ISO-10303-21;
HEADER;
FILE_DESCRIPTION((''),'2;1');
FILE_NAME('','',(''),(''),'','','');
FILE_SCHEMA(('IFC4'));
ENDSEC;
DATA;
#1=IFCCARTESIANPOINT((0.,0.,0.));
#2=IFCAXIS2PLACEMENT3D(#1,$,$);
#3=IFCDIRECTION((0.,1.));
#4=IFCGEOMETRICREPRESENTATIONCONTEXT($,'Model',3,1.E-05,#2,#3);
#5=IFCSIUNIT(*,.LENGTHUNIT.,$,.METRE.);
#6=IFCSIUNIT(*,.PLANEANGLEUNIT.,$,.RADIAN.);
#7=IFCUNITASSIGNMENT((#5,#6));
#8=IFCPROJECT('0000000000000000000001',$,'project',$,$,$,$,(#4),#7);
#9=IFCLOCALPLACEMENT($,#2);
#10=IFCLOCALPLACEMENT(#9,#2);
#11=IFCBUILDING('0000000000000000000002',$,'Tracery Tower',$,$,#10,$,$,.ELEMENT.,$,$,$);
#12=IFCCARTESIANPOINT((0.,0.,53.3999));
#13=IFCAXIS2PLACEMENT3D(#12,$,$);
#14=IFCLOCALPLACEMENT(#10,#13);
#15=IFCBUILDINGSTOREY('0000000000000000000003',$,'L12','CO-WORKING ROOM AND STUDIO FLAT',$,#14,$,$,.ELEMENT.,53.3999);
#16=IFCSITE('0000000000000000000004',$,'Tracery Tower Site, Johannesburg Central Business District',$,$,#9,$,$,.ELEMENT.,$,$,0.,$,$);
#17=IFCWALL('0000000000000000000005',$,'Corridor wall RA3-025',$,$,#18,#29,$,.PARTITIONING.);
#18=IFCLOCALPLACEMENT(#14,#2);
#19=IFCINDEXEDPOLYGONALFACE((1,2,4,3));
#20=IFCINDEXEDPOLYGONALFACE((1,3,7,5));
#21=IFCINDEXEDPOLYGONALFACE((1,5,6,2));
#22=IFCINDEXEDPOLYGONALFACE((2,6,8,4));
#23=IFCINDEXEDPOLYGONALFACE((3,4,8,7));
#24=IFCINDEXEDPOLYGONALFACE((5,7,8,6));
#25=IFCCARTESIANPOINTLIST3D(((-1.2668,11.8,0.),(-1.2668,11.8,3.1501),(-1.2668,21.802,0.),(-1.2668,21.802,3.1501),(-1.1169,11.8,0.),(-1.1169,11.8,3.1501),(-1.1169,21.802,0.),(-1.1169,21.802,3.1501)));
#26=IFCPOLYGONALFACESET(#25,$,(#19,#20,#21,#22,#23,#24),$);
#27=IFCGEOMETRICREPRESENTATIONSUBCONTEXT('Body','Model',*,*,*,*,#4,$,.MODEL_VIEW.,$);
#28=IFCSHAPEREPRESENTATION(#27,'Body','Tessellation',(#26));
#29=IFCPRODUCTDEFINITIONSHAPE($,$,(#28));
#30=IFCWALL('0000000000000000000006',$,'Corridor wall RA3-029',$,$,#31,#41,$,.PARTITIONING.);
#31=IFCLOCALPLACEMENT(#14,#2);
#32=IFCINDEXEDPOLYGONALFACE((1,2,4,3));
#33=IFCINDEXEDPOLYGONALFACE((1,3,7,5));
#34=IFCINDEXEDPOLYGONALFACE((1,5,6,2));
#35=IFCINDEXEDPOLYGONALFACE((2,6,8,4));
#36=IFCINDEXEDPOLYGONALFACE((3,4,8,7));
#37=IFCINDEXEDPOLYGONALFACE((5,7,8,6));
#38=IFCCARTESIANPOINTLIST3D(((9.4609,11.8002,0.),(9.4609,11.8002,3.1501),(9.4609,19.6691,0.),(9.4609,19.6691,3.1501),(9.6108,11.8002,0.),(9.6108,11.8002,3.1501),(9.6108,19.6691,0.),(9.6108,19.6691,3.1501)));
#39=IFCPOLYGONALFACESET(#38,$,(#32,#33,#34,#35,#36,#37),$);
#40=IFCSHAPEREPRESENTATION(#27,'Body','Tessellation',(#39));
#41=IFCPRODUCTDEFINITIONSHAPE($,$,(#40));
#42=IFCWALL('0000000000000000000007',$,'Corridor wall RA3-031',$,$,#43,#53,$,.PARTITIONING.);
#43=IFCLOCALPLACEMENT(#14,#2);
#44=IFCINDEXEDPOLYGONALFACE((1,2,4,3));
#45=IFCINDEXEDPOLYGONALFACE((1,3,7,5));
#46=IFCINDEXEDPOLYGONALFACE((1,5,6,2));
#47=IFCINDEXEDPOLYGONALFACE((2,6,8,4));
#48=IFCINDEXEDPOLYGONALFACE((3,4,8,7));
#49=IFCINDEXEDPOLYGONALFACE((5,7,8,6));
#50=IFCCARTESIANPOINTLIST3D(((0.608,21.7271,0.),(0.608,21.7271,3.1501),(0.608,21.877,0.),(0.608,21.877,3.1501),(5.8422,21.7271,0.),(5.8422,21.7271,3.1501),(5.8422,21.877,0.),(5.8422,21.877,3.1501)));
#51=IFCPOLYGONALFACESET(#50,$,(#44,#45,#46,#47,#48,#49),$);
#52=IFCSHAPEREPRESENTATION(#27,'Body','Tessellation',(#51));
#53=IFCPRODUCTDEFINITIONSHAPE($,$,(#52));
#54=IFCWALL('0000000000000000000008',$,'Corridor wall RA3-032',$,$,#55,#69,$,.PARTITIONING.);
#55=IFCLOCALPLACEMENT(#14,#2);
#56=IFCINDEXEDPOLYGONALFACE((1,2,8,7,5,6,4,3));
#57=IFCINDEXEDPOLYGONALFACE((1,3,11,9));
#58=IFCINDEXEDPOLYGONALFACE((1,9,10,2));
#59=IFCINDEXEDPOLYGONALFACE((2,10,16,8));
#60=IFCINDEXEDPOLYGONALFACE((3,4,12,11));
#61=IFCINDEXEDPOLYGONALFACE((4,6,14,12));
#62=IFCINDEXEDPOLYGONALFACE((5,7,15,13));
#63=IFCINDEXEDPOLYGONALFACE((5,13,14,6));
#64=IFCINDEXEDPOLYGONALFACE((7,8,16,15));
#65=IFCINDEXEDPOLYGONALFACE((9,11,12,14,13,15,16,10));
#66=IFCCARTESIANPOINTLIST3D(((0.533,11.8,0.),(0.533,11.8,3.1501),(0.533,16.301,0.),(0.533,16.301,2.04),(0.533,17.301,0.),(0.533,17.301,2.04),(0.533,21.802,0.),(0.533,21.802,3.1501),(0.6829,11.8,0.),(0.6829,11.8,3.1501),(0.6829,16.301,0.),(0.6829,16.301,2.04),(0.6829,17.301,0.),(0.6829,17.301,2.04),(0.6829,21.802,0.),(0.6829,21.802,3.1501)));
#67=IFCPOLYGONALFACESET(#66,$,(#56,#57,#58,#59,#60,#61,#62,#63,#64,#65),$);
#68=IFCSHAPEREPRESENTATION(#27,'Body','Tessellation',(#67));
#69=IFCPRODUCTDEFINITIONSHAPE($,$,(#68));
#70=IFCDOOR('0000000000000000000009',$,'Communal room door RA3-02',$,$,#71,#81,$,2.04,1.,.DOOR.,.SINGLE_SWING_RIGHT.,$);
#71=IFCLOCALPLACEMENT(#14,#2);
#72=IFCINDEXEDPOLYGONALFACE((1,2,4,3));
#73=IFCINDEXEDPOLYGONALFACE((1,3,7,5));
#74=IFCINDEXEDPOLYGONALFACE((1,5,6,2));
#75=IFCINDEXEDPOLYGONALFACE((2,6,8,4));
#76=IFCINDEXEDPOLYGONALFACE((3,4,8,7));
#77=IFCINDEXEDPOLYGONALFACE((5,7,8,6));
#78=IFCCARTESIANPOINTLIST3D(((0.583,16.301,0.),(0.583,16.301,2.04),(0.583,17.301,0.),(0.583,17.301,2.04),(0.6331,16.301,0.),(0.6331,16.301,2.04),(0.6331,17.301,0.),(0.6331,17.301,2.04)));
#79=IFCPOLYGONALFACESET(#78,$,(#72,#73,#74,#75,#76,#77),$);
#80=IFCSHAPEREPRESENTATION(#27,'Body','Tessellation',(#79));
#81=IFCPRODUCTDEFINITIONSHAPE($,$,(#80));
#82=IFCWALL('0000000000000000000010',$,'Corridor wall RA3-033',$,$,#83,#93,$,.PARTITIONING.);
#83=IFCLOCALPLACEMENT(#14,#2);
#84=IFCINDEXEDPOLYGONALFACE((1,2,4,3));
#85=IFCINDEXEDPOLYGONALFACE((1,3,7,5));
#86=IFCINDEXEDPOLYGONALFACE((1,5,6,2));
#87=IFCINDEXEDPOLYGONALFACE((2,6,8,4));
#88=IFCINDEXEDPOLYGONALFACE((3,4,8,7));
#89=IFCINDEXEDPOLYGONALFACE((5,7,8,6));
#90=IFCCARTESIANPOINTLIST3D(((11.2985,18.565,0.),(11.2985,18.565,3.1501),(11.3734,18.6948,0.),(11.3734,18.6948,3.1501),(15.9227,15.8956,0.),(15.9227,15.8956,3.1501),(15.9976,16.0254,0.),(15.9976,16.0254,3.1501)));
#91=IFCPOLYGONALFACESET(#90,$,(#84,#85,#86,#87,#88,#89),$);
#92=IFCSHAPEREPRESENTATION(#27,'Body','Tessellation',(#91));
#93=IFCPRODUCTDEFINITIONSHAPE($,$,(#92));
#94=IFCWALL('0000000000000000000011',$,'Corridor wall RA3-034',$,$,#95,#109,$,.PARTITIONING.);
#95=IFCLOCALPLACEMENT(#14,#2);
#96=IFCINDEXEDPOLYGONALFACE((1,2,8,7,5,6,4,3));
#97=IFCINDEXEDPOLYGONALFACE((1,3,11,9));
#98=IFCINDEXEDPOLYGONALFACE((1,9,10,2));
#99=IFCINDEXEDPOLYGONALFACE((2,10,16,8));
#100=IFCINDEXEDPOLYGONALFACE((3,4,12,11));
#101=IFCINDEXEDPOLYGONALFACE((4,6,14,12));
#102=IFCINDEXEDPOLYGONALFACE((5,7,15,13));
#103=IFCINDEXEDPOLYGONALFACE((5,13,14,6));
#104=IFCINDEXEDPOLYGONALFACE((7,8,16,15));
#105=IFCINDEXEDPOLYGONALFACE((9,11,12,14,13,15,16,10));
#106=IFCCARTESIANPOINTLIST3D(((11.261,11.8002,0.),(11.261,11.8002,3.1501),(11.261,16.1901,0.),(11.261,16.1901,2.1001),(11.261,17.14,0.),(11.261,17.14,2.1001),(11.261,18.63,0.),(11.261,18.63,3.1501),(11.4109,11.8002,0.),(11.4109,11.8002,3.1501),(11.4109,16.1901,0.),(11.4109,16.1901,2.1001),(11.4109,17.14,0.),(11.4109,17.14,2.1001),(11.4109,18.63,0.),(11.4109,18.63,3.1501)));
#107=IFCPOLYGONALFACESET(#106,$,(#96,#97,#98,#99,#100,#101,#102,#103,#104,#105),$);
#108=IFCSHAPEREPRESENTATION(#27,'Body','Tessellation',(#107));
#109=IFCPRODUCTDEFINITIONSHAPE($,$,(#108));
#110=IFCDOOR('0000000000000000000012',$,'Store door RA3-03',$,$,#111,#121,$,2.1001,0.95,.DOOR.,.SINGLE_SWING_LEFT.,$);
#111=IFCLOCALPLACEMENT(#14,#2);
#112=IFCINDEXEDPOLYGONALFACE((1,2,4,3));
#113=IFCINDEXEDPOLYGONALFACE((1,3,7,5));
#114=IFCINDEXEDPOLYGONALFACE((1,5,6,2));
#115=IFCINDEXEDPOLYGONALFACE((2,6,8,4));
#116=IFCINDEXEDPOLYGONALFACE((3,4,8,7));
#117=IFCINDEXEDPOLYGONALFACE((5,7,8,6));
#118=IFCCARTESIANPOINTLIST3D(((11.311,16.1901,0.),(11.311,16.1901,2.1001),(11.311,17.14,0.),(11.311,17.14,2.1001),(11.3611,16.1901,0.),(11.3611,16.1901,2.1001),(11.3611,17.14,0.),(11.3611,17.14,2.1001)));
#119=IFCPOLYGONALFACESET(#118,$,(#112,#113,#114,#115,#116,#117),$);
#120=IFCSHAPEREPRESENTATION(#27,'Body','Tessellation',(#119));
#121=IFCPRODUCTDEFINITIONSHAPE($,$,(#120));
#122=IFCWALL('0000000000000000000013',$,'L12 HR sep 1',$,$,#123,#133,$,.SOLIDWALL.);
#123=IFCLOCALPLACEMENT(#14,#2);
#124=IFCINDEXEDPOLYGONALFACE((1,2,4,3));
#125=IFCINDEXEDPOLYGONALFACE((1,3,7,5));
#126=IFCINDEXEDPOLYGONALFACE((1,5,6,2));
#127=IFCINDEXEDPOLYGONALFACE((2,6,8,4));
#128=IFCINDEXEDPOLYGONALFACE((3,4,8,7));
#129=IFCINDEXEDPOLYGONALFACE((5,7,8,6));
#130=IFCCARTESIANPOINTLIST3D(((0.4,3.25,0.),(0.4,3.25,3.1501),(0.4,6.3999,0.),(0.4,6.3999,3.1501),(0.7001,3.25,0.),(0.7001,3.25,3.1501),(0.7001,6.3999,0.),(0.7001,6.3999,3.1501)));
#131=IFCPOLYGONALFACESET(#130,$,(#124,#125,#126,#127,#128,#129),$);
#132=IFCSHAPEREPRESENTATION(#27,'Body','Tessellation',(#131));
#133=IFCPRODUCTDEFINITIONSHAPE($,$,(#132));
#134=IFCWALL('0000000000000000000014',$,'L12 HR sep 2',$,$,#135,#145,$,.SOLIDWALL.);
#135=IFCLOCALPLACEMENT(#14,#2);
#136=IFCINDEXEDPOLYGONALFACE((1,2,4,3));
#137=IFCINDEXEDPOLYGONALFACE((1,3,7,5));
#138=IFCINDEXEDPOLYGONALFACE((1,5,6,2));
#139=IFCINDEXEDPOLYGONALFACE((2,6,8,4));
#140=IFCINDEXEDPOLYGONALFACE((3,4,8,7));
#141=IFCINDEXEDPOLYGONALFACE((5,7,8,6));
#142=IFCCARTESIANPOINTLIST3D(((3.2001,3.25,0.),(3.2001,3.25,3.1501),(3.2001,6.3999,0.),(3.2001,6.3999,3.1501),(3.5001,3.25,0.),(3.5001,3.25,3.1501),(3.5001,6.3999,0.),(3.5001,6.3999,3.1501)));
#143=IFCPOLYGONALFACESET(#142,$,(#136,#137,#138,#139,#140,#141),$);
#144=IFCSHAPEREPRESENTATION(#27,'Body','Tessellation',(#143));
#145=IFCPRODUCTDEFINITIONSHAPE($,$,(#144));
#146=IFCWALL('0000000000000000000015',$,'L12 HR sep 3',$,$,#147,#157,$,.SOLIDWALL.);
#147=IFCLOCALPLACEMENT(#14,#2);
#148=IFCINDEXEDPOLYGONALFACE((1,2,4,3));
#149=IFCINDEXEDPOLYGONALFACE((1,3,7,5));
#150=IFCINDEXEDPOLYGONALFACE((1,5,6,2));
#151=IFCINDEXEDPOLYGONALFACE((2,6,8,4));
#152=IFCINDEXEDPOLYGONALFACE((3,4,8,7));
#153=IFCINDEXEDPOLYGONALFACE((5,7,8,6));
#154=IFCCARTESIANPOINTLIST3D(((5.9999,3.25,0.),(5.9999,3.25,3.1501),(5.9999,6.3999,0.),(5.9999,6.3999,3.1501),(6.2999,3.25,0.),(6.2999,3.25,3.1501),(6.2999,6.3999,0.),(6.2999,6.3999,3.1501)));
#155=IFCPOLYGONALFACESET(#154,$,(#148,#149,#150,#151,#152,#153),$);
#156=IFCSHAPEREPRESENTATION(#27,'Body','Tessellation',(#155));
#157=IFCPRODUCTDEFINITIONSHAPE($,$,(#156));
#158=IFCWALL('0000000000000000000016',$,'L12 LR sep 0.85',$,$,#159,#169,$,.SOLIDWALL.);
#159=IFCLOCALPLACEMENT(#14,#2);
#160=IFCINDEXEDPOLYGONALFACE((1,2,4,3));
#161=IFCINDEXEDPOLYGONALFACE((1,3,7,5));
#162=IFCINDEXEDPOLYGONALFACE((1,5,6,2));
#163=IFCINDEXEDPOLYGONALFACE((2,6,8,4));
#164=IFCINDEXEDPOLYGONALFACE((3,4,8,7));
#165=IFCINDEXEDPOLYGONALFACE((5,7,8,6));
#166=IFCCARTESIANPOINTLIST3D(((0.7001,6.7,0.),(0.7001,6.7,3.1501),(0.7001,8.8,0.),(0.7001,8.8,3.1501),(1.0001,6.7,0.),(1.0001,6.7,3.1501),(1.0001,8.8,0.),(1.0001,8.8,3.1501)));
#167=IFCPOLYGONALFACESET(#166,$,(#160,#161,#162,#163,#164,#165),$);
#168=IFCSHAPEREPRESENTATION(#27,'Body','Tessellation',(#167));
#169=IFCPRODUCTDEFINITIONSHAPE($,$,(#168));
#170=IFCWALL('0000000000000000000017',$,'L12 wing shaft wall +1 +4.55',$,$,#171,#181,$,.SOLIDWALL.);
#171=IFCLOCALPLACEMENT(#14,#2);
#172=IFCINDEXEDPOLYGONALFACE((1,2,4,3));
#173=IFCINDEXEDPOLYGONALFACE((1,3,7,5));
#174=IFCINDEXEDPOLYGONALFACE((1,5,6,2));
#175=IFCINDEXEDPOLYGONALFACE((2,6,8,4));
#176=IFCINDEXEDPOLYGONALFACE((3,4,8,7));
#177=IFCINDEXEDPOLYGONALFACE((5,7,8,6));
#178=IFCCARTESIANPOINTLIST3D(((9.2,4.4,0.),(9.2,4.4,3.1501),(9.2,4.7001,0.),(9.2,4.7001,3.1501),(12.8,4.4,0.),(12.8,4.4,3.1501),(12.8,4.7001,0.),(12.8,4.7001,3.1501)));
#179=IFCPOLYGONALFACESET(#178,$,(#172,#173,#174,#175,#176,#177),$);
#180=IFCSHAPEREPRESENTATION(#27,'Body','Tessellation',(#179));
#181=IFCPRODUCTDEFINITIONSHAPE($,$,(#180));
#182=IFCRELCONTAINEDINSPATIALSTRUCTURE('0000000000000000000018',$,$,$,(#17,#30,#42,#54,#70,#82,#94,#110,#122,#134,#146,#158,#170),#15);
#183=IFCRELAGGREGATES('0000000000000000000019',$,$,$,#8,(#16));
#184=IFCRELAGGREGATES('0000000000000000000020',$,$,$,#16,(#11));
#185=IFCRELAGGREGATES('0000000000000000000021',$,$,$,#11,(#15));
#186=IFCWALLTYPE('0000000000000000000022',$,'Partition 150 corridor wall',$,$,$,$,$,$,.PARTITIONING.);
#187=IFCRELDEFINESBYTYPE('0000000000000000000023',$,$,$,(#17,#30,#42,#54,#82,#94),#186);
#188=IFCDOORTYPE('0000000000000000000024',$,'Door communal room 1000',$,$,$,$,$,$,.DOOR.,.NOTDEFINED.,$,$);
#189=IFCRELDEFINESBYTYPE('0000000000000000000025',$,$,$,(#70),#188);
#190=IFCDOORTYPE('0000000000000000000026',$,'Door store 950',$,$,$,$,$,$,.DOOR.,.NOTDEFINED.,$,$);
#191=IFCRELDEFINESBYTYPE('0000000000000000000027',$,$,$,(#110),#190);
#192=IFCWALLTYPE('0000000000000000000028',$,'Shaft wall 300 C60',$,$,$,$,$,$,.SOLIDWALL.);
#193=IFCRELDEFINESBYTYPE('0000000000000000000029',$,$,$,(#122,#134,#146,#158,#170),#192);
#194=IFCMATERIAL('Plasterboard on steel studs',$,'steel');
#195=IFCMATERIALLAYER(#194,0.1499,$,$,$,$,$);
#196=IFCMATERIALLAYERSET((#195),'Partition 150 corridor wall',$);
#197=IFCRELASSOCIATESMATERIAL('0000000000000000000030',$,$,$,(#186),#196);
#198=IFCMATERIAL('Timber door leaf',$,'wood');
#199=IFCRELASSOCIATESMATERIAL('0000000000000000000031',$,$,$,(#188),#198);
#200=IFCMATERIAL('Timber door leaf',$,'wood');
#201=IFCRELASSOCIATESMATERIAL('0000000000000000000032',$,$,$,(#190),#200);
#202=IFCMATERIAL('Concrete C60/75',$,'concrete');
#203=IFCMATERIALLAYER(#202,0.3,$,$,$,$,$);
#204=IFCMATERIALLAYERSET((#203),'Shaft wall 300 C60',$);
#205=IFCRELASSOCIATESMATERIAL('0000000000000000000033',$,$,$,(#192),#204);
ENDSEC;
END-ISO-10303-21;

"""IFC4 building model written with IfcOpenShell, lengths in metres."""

from ifc_helpers import new_model, si_unit, direction, frame, frame_2d, origin, place, context, subcontext, project, spatial, rectangle, extrude, material, layer, layer_set, type_object, element, fill, save


model = new_model("IFC4")

# Units and contexts
model_context = context("Model", 3, precision=1e-05, world=origin(), true_north=direction((0.0, 1.0)))
body_context = subcontext(model_context, "Body", "Model", "MODEL_VIEW")
ifc_project = project(units=[si_unit("LENGTHUNIT", "METRE"), si_unit("PLANEANGLEUNIT", "RADIAN")], contexts=[model_context])

# Site, building, storey
site_placement = place(None, origin())
site = spatial("IfcSite", under=ifc_project, at=site_placement, Name="Tracery Tower Site, Johannesburg Central Business District", CompositionType="ELEMENT", RefElevation=0.0)
building_placement = place(site_placement, origin())
building = spatial("IfcBuilding", under=site, at=building_placement, Name="Tracery Tower", CompositionType="ELEMENT")
storey_placement = place(building_placement, frame((0.0, 0.0, 53.3999)))
storey = spatial("IfcBuildingStorey", under=building, at=storey_placement, Name="L12", Description="CO-WORKING ROOM AND STUDIO FLAT", CompositionType="ELEMENT", Elevation=53.3999)

# Walls
ifc_material_1 = material(Name="Plasterboard on steel studs", Category="steel")
ifc_layer_1 = layer(ifc_material_1, 0.1499)
ifc_layer_set_1 = layer_set([ifc_layer_1], Name="Partition 150 corridor wall")
wall_type_1 = type_object("IfcWallType", Name="Partition 150 corridor wall", PredefinedType="PARTITIONING", material=ifc_layer_set_1)
wall_1_placement = place(storey_placement, frame((-1.1919, 11.8, 0.0), z_axis=(0.0, 0.0, 1.0), x_axis=(0.0, 1.0, 0.0)))
element("IfcWall", 1, at=wall_1_placement, inside=storey, type_object=wall_type_1, Name="Corridor wall RA3-025", PredefinedType="PARTITIONING", context=body_context, shape_type="SweptSolid", body=[
    extrude(rectangle(XDim=10.002, YDim=0.1499, at=frame_2d((5.001, 0.0))), origin(), (0.0, 0.0, 1.0), 3.1501),
])
wall_2_placement = place(storey_placement, frame((9.5359, 11.8, 0.0), z_axis=(0.0, 0.0, 1.0), x_axis=(0.0, 1.0, 0.0)))
element("IfcWall", 2, at=wall_2_placement, inside=storey, type_object=wall_type_1, Name="Corridor wall RA3-029", PredefinedType="PARTITIONING", context=body_context, shape_type="SweptSolid", body=[
    extrude(rectangle(XDim=7.8689, YDim=0.1499, at=frame_2d((3.9346, 0.0))), origin(), (0.0, 0.0, 1.0), 3.1501),
])
wall_3_placement = place(storey_placement, frame((0.6079, 21.802, 0.0), z_axis=(0.0, 0.0, 1.0), x_axis=(1.0, 0.0, 0.0)))
element("IfcWall", 3, at=wall_3_placement, inside=storey, type_object=wall_type_1, Name="Corridor wall RA3-031", PredefinedType="PARTITIONING", context=body_context, shape_type="SweptSolid", body=[
    extrude(rectangle(XDim=5.2341, YDim=0.1499, at=frame_2d((2.6172, 0.0))), origin(), (0.0, 0.0, 1.0), 3.1501),
])

# Wall, opening, door
wall_4_placement = place(storey_placement, frame((0.6079, 11.8, 0.0), z_axis=(0.0, 0.0, 1.0), x_axis=(0.0, 1.0, 0.0)))
wall_4 = element("IfcWall", 4, at=wall_4_placement, inside=storey, type_object=wall_type_1, Name="Corridor wall RA3-032", PredefinedType="PARTITIONING", context=body_context, shape_type="SweptSolid", body=[
    extrude(rectangle(XDim=10.002, YDim=0.1499, at=frame_2d((5.001, 0.0))), origin(), (0.0, 0.0, 1.0), 3.1501),
])
opening_1_placement = place(wall_4_placement, frame((4.501, 0.0, 0.0)))
opening_1 = element("IfcOpeningElement", 5, at=opening_1_placement, cuts=wall_4, PredefinedType="OPENING", context=body_context, shape_type="SweptSolid", body=[
    extrude(rectangle(XDim=1.0, YDim=2.04, at=frame_2d((0.5, 1.02))), frame((0.0, 0.075, 0.0), z_axis=(0.0, -1.0, 0.0), x_axis=(1.0, 0.0, 0.0)), (0.0, 0.0, 1.0), 0.1499),
])
ifc_material_2 = material(Name="Timber door leaf", Category="wood")
door_type_1 = type_object("IfcDoorType", Name="Door communal room 1000", OperationType="NOTDEFINED", PredefinedType="DOOR", material=ifc_material_2)
door_1_placement = place(opening_1_placement, origin())
door_1 = element("IfcDoor", 6, at=door_1_placement, inside=storey, type_object=door_type_1, Name="Communal room door RA3-02", OperationType="SINGLE_SWING_RIGHT", OverallHeight=2.04, OverallWidth=1.0, PredefinedType="DOOR", context=body_context, shape_type="SweptSolid", body=[
    extrude(rectangle(XDim=1.0, YDim=2.04, at=frame_2d((0.5, 1.02))), frame((0.0, 0.0249, 0.0), z_axis=(0.0, -1.0, 0.0), x_axis=(1.0, 0.0, 0.0)), (0.0, 0.0, 1.0), 0.05),
])
fill(opening_1, door_1)

# Wall
wall_5_placement = place(storey_placement, frame((11.3359, 18.6299, 0.0), z_axis=(0.0, 0.0, 1.0), x_axis=(0.866057, -0.499945, 0.0)))
element("IfcWall", 7, at=wall_5_placement, inside=storey, type_object=wall_type_1, Name="Corridor wall RA3-033", PredefinedType="PARTITIONING", context=body_context, shape_type="SweptSolid", body=[
    extrude(rectangle(XDim=5.3394, YDim=0.1499, at=frame_2d((2.6697, 0.0))), origin(), (0.0, 0.0, 1.0), 3.1501),
])

# Wall, opening, door
wall_6_placement = place(storey_placement, frame((11.3359, 11.8, 0.0), z_axis=(0.0, 0.0, 1.0), x_axis=(0.0, 1.0, 0.0)))
wall_6 = element("IfcWall", 8, at=wall_6_placement, inside=storey, type_object=wall_type_1, Name="Corridor wall RA3-034", PredefinedType="PARTITIONING", context=body_context, shape_type="SweptSolid", body=[
    extrude(rectangle(XDim=6.8298, YDim=0.1499, at=frame_2d((3.415, 0.0))), origin(), (0.0, 0.0, 1.0), 3.1501),
])
opening_2_placement = place(wall_6_placement, frame((4.3899, 0.0, 0.0)))
opening_2 = element("IfcOpeningElement", 9, at=opening_2_placement, cuts=wall_6, PredefinedType="OPENING", context=body_context, shape_type="SweptSolid", body=[
    extrude(rectangle(XDim=0.95, YDim=2.1001, at=frame_2d((0.4751, 1.05))), frame((0.0, 0.075, 0.0), z_axis=(0.0, -1.0, 0.0), x_axis=(1.0, 0.0, 0.0)), (0.0, 0.0, 1.0), 0.1499),
])
ifc_material_3 = material(Name="Timber door leaf", Category="wood")
door_type_2 = type_object("IfcDoorType", Name="Door store 950", OperationType="NOTDEFINED", PredefinedType="DOOR", material=ifc_material_3)
door_2_placement = place(opening_2_placement, origin())
door_2 = element("IfcDoor", 10, at=door_2_placement, inside=storey, type_object=door_type_2, Name="Store door RA3-03", OperationType="SINGLE_SWING_LEFT", OverallHeight=2.1001, OverallWidth=0.95, PredefinedType="DOOR", context=body_context, shape_type="SweptSolid", body=[
    extrude(rectangle(XDim=0.95, YDim=2.1001, at=frame_2d((0.4751, 1.05))), frame((0.0, 0.0249, 0.0), z_axis=(0.0, -1.0, 0.0), x_axis=(1.0, 0.0, 0.0)), (0.0, 0.0, 1.0), 0.05),
])
fill(opening_2, door_2)

# Walls
ifc_material_4 = material(Name="Concrete C60/75", Category="concrete")
ifc_layer_2 = layer(ifc_material_4, 0.3)
ifc_layer_set_2 = layer_set([ifc_layer_2], Name="Shaft wall 300 C60")
wall_type_2 = type_object("IfcWallType", Name="Shaft wall 300 C60", PredefinedType="SOLIDWALL", material=ifc_layer_set_2)
for number, where, z_axis, x_axis, name in (
    (11, (0.55, 3.25, 0.0), (0.0, 0.0, 1.0), (0.0, 1.0, 0.0), "L12 HR sep 1"),
    (12, (3.3501, 3.25, 0.0), (0.0, 0.0, 1.0), (0.0, 1.0, 0.0), "L12 HR sep 2"),
    (13, (6.1499, 3.25, 0.0), (0.0, 0.0, 1.0), (0.0, 1.0, 0.0), "L12 HR sep 3"),
):
    element("IfcWall", number, at=place(storey_placement, frame(where, z_axis=z_axis, x_axis=x_axis)), inside=storey, type_object=wall_type_2, Name=name, PredefinedType="SOLIDWALL", context=body_context, shape_type="SweptSolid", body=[
        extrude(rectangle(XDim=3.1499, YDim=0.3, at=frame_2d((1.575, 0.0))), origin(), (0.0, 0.0, 1.0), 3.1501),
    ])
wall_7_placement = place(storey_placement, frame((0.8501, 6.7, 0.0), z_axis=(0.0, 0.0, 1.0), x_axis=(0.0, 1.0, 0.0)))
element("IfcWall", 14, at=wall_7_placement, inside=storey, type_object=wall_type_2, Name="L12 LR sep 0.85", PredefinedType="SOLIDWALL", context=body_context, shape_type="SweptSolid", body=[
    extrude(rectangle(XDim=2.1001, YDim=0.3, at=frame_2d((1.05, 0.0))), origin(), (0.0, 0.0, 1.0), 3.1501),
])
wall_8_placement = place(storey_placement, frame((9.2, 4.55, 0.0), z_axis=(0.0, 0.0, 1.0), x_axis=(1.0, 0.0, 0.0)))
element("IfcWall", 15, at=wall_8_placement, inside=storey, type_object=wall_type_2, Name="L12 wing shaft wall +1 +4.55", PredefinedType="SOLIDWALL", context=body_context, shape_type="SweptSolid", body=[
    extrude(rectangle(XDim=3.6001, YDim=0.3, at=frame_2d((1.8, 0.0))), origin(), (0.0, 0.0, 1.0), 3.1501),
])

save(model, "model.ifc")
